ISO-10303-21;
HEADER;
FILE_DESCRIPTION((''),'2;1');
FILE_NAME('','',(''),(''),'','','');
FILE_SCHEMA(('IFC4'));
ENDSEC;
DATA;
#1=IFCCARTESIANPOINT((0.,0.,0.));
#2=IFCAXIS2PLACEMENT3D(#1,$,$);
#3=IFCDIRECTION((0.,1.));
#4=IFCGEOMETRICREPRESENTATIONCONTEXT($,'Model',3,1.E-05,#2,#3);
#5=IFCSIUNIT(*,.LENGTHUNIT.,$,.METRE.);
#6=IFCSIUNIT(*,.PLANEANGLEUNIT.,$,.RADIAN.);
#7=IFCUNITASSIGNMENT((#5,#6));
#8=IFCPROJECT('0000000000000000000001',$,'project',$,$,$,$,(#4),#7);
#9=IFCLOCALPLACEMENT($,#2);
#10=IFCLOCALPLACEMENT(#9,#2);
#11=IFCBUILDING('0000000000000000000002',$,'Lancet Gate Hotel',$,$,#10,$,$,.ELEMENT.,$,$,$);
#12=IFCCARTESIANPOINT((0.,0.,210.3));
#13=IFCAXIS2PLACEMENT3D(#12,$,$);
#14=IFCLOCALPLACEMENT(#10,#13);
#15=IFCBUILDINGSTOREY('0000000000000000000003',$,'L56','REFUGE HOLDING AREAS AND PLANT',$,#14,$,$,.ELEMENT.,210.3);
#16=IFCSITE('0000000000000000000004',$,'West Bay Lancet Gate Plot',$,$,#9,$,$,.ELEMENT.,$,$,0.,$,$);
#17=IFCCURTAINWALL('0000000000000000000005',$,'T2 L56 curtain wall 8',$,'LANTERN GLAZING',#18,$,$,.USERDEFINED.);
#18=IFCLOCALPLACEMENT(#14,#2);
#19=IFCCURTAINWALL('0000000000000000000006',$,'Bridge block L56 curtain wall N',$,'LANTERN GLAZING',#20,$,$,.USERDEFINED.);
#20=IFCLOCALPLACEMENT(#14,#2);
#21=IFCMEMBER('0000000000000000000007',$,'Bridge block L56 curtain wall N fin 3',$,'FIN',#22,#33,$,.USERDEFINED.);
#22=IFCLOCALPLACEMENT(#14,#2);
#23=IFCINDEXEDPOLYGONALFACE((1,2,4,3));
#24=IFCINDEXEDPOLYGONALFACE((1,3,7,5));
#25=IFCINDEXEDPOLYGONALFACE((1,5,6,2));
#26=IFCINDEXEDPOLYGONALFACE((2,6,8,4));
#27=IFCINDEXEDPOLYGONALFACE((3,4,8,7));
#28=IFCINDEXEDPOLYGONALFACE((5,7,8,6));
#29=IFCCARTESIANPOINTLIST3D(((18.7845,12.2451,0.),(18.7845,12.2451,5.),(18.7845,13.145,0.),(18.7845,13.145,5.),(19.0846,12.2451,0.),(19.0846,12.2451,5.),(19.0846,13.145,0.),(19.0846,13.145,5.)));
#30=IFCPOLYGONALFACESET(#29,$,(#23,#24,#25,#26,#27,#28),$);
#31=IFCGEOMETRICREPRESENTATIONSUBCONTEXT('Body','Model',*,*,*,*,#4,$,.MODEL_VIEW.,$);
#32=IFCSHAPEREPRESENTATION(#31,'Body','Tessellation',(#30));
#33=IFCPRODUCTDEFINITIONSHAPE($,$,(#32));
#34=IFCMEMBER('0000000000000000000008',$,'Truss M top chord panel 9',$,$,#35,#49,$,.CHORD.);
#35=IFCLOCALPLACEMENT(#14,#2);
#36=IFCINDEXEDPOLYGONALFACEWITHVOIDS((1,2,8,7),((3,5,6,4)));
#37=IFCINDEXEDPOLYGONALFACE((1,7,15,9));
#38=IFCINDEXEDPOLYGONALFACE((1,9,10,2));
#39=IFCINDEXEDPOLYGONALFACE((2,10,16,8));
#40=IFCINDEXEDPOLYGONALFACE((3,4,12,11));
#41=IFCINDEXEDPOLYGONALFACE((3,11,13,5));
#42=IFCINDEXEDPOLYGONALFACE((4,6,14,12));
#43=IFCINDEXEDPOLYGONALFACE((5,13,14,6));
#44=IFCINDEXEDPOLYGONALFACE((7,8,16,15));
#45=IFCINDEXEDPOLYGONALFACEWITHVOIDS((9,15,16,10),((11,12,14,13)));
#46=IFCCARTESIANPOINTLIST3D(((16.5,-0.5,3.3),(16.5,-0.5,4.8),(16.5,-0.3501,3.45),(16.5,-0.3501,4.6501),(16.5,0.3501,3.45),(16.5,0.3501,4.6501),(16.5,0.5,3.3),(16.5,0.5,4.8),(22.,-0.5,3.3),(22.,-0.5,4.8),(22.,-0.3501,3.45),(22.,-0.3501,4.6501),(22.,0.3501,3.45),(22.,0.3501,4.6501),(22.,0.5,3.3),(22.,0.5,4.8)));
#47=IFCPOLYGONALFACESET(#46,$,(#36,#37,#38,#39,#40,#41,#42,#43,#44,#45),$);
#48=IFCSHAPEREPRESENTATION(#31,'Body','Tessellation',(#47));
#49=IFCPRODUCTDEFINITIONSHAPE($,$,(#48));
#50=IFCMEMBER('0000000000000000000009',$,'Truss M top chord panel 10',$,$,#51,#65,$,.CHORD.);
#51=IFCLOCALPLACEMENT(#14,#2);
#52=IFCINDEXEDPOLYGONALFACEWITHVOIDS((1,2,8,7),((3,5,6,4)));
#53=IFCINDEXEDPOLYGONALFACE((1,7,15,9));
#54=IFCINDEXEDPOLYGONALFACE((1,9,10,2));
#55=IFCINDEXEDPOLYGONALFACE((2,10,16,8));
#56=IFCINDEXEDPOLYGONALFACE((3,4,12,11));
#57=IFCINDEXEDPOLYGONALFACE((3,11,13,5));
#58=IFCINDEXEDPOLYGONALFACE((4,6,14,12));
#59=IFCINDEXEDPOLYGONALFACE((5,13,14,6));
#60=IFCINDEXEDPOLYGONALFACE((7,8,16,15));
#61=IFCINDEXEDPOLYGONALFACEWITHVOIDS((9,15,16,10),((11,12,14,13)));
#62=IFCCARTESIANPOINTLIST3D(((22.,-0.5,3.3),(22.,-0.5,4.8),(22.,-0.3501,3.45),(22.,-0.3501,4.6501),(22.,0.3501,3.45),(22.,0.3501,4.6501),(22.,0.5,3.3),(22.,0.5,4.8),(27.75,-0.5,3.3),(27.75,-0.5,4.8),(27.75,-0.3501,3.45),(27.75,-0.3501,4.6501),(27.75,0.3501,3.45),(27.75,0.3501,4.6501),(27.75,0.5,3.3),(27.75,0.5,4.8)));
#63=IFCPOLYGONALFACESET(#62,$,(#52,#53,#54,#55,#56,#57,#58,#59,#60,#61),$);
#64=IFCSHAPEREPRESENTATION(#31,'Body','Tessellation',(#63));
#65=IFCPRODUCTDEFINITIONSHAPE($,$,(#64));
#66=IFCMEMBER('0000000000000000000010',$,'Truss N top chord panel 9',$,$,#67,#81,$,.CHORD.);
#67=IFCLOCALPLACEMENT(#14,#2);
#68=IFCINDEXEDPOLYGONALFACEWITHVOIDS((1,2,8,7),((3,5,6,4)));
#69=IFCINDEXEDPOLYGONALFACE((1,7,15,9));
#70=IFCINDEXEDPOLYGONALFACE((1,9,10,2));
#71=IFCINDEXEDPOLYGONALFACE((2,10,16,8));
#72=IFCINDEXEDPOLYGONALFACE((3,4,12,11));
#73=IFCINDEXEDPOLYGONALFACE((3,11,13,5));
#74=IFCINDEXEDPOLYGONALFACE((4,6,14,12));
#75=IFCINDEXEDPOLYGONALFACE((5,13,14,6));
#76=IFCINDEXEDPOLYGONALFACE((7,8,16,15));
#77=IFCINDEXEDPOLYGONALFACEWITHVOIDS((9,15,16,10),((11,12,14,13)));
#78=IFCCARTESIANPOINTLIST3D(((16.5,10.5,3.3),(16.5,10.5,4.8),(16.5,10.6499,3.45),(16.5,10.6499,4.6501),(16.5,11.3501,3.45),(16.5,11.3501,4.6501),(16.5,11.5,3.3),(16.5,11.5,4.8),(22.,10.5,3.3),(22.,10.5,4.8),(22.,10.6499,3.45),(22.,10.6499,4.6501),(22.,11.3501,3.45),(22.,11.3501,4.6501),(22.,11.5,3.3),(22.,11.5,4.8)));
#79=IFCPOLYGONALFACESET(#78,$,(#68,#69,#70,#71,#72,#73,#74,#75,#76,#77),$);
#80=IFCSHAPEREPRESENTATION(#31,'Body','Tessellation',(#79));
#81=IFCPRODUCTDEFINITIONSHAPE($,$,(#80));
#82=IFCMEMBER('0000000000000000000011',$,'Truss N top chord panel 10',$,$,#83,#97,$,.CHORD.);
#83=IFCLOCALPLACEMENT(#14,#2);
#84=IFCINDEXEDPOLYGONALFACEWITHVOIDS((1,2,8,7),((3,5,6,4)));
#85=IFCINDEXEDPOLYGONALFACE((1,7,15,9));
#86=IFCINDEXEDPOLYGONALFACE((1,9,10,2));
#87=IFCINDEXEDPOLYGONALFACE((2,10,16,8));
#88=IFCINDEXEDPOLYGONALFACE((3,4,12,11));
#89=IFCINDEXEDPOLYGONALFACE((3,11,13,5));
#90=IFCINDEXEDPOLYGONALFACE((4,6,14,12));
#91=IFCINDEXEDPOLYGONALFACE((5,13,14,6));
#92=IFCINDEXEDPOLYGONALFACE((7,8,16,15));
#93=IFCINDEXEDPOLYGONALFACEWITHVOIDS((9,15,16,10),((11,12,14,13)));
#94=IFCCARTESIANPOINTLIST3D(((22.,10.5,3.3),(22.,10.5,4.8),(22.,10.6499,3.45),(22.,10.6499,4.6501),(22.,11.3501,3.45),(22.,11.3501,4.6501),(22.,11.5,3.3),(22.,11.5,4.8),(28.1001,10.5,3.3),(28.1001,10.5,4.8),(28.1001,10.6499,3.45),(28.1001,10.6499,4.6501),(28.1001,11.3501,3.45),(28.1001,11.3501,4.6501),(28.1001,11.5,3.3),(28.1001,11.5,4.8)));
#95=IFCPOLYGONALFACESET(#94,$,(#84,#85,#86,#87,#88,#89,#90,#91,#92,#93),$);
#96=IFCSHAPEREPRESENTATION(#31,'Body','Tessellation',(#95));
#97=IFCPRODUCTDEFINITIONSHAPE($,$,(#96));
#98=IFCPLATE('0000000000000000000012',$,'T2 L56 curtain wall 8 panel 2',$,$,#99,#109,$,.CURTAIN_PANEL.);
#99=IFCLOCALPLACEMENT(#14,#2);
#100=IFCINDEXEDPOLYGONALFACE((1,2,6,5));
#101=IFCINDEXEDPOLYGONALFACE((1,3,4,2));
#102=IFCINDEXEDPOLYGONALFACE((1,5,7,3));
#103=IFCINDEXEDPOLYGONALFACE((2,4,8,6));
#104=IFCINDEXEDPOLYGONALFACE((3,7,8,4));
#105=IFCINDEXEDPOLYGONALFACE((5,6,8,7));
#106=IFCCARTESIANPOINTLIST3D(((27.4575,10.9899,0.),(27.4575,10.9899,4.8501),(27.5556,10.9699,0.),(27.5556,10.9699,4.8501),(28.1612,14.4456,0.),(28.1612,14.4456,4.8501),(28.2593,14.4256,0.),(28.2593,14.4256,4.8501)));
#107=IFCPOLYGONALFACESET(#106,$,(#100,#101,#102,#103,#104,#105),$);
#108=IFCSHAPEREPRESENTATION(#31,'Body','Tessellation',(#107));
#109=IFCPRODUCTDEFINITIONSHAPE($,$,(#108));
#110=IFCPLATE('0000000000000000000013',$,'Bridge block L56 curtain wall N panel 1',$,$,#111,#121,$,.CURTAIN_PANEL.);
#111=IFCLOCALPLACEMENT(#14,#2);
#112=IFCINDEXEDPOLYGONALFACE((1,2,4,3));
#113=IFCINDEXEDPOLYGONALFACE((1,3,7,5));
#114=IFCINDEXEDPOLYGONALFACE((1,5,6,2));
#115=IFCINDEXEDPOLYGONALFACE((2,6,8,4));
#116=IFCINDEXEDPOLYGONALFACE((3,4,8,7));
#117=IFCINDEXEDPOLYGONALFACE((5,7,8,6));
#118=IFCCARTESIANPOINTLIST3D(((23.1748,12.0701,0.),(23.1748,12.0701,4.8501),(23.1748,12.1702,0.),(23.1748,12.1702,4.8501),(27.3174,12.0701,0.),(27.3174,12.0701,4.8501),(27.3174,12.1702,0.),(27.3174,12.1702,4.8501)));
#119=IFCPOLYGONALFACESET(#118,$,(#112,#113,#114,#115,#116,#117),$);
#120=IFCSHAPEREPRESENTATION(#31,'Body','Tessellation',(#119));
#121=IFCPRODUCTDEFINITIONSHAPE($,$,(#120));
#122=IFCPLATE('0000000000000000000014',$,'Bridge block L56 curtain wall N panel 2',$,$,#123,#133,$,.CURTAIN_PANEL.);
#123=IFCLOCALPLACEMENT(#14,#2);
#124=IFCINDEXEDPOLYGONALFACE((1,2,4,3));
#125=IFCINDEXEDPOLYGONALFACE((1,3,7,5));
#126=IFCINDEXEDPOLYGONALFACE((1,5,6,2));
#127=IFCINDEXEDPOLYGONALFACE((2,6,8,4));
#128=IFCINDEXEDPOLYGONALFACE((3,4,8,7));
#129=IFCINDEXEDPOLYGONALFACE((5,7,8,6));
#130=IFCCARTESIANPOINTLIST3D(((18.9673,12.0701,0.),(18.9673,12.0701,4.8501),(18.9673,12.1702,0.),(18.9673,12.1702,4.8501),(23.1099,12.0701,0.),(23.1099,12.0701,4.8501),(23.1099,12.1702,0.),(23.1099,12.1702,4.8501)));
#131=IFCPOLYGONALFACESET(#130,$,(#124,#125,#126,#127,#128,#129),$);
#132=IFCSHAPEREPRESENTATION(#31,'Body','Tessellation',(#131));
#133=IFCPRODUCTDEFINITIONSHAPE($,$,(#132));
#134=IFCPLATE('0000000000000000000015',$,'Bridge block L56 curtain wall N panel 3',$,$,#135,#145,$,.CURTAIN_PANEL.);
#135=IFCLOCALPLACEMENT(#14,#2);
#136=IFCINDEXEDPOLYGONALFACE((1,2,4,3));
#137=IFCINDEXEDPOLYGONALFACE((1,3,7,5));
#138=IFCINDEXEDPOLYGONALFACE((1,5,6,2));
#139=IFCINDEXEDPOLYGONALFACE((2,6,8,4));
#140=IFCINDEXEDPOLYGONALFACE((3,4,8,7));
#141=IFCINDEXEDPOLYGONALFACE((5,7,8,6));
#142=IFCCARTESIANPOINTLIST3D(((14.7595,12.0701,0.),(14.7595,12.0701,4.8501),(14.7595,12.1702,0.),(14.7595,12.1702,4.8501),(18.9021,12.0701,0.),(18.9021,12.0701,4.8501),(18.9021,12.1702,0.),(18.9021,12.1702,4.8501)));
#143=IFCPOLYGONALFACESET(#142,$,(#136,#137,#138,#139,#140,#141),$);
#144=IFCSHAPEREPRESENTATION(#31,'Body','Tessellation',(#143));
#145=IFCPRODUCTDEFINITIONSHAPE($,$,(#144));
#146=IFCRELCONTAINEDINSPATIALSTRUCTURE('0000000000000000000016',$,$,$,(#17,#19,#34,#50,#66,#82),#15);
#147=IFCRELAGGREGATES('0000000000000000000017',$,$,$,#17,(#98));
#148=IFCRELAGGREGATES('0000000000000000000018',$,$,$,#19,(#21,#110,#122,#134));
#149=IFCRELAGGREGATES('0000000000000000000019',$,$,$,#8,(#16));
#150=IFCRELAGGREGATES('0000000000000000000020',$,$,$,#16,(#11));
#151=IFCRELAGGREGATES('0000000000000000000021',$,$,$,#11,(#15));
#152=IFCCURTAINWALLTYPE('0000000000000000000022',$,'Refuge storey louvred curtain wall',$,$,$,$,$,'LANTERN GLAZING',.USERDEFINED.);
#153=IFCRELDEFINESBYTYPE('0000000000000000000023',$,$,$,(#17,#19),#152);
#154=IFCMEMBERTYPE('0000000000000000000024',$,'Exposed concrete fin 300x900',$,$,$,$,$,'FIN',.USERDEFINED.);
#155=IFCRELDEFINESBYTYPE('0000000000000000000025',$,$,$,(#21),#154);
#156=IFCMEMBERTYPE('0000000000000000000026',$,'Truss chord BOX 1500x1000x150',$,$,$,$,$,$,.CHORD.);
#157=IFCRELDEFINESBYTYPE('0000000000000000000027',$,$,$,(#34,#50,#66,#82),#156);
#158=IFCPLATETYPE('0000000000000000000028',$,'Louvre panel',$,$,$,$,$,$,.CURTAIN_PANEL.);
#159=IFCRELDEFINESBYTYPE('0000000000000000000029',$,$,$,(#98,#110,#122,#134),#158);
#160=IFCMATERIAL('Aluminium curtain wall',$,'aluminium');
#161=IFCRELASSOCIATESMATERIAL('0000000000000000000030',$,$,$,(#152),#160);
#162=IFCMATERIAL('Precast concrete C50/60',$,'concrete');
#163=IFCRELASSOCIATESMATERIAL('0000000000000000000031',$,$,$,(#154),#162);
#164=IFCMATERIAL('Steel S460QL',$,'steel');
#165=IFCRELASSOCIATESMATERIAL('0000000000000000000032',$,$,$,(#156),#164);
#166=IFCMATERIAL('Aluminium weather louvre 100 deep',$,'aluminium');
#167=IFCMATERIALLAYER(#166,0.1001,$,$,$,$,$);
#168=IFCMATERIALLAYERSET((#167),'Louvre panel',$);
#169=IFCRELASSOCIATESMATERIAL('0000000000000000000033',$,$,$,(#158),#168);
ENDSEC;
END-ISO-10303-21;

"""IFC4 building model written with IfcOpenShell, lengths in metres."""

from ifc_helpers import new_model, si_unit, direction, frame, origin, origin_2d, place, context, subcontext, project, spatial, rectangle, hollow_rectangle, extrude, material, layer, layer_set, material_profile, profile_set, type_object, element, aggregate, save


model = new_model("IFC4")

# Units and contexts
model_context = context("Model", 3, precision=1e-05, world=origin(), true_north=direction((0.0, 1.0)))
body_context = subcontext(model_context, "Body", "Model", "MODEL_VIEW")
ifc_project = project(units=[si_unit("LENGTHUNIT", "METRE"), si_unit("PLANEANGLEUNIT", "RADIAN")], contexts=[model_context])

# Site, building, storey
site_placement = place(None, origin())
site = spatial("IfcSite", under=ifc_project, at=site_placement, Name="West Bay Lancet Gate Plot", CompositionType="ELEMENT", RefElevation=0.0)
building_placement = place(site_placement, origin())
building = spatial("IfcBuilding", under=site, at=building_placement, Name="Lancet Gate Hotel", CompositionType="ELEMENT")
storey_placement = place(building_placement, frame((0.0, 0.0, 210.3)))
storey = spatial("IfcBuildingStorey", under=building, at=storey_placement, Name="L56", Description="REFUGE HOLDING AREAS AND PLANT", CompositionType="ELEMENT", Elevation=210.3)

# Curtain walls
ifc_material_1 = material(Name="Aluminium curtain wall", Category="aluminium")
curtain_wall_type = type_object("IfcCurtainWallType", Name="Refuge storey louvred curtain wall", ElementType="LANTERN GLAZING", PredefinedType="USERDEFINED", material=ifc_material_1)
curtain_wall_1_placement = place(storey_placement, origin())
curtain_wall_1 = element("IfcCurtainWall", 1, at=curtain_wall_1_placement, inside=storey, type_object=curtain_wall_type, Name="T2 L56 curtain wall 8", ObjectType="LANTERN GLAZING", PredefinedType="USERDEFINED")
curtain_wall_2_placement = place(storey_placement, origin())
curtain_wall_2 = element("IfcCurtainWall", 2, at=curtain_wall_2_placement, inside=storey, type_object=curtain_wall_type, Name="Bridge block L56 curtain wall N", ObjectType="LANTERN GLAZING", PredefinedType="USERDEFINED")

# Member
ifc_material_2 = material(Name="Precast concrete C50/60", Category="concrete")
ifc_material_profile_1 = material_profile(ifc_material_2, rectangle(XDim=0.3, YDim=0.8999, at=origin_2d()), Name="FIN 300x900")
ifc_profile_set_1 = profile_set([ifc_material_profile_1], Name="Precast concrete C50/60")
member_type_1 = type_object("IfcMemberType", Name="Exposed concrete fin 300x900", ElementType="FIN", PredefinedType="USERDEFINED", material=ifc_profile_set_1)
member_1_placement = place(storey_placement, frame((18.9346, 12.6951, 0.0), z_axis=(0.0, 0.0, 1.0), x_axis=(-1.0, 0.0, 0.0)))
member_1 = element("IfcMember", 3, at=member_1_placement, type_object=member_type_1, Name="Bridge block L56 curtain wall N fin 3", ObjectType="FIN", PredefinedType="USERDEFINED", context=body_context, shape_type="SweptSolid", body=[
    extrude(rectangle(XDim=0.3, YDim=0.8999, at=origin_2d()), origin(), (0.0, 0.0, 1.0), 5.0),
])

# Members
ifc_material_3 = material(Name="Steel S460QL", Category="steel")
ifc_material_profile_2 = material_profile(ifc_material_3, hollow_rectangle(XDim=1.0, YDim=1.5, WallThickness=0.1499, at=origin_2d()), Name="BOX 1500x1000x150")
ifc_profile_set_2 = profile_set([ifc_material_profile_2], Name="Steel S460QL")
member_type_2 = type_object("IfcMemberType", Name="Truss chord BOX 1500x1000x150", PredefinedType="CHORD", material=ifc_profile_set_2)
member_2_placement = place(storey_placement, frame((16.5, 0.0, 4.05), z_axis=(1.0, 0.0, 0.0), x_axis=(0.0, 1.0, 0.0)))
element("IfcMember", 4, at=member_2_placement, inside=storey, type_object=member_type_2, Name="Truss M top chord panel 9", PredefinedType="CHORD", context=body_context, shape_type="SweptSolid", body=[
    extrude(hollow_rectangle(XDim=1.0, YDim=1.5, WallThickness=0.1499, at=origin_2d()), origin(), (0.0, 0.0, 1.0), 5.5),
])
member_3_placement = place(storey_placement, frame((22.0, 0.0, 4.05), z_axis=(1.0, 0.0, 0.0), x_axis=(0.0, 1.0, 0.0)))
element("IfcMember", 5, at=member_3_placement, inside=storey, type_object=member_type_2, Name="Truss M top chord panel 10", PredefinedType="CHORD", context=body_context, shape_type="SweptSolid", body=[
    extrude(hollow_rectangle(XDim=1.0, YDim=1.5, WallThickness=0.1499, at=origin_2d()), origin(), (0.0, 0.0, 1.0), 5.75),
])
member_4_placement = place(storey_placement, frame((16.5, 11.0, 4.05), z_axis=(1.0, 0.0, 0.0), x_axis=(0.0, 1.0, 0.0)))
element("IfcMember", 6, at=member_4_placement, inside=storey, type_object=member_type_2, Name="Truss N top chord panel 9", PredefinedType="CHORD", context=body_context, shape_type="SweptSolid", body=[
    extrude(hollow_rectangle(XDim=1.0, YDim=1.5, WallThickness=0.1499, at=origin_2d()), origin(), (0.0, 0.0, 1.0), 5.5),
])
member_5_placement = place(storey_placement, frame((22.0, 11.0, 4.05), z_axis=(1.0, 0.0, 0.0), x_axis=(0.0, 1.0, 0.0)))
element("IfcMember", 7, at=member_5_placement, inside=storey, type_object=member_type_2, Name="Truss N top chord panel 10", PredefinedType="CHORD", context=body_context, shape_type="SweptSolid", body=[
    extrude(hollow_rectangle(XDim=1.0, YDim=1.5, WallThickness=0.1499, at=origin_2d()), origin(), (0.0, 0.0, 1.0), 6.1001),
])

# Plates
ifc_material_4 = material(Name="Aluminium weather louvre 100 deep", Category="aluminium")
ifc_layer_1 = layer(ifc_material_4, 0.1001)
ifc_layer_set_1 = layer_set([ifc_layer_1], Name="Louvre panel")
plate_type = type_object("IfcPlateType", Name="Louvre panel", PredefinedType="CURTAIN_PANEL", material=ifc_layer_set_1)
plate_1_placement = place(storey_placement, frame((27.8584, 12.7078, 0.0), z_axis=(0.0, 0.0, 1.0), x_axis=(-0.199533, -0.979891, 0.0)))
plate_1 = element("IfcPlate", 8, at=plate_1_placement, type_object=plate_type, Name="T2 L56 curtain wall 8 panel 2", PredefinedType="CURTAIN_PANEL", context=body_context, shape_type="SweptSolid", body=[
    extrude(rectangle(XDim=3.5266, YDim=0.1001, at=origin_2d()), origin(), (0.0, 0.0, 1.0), 4.8501),
])
aggregate(curtain_wall_1, [plate_1])
plate_2_placement = place(storey_placement, frame((25.2461, 12.1201, 0.0), z_axis=(0.0, 0.0, 1.0), x_axis=(-1.0, 0.0, 0.0)))
plate_2 = element("IfcPlate", 9, at=plate_2_placement, type_object=plate_type, Name="Bridge block L56 curtain wall N panel 1", PredefinedType="CURTAIN_PANEL", context=body_context, shape_type="SweptSolid", body=[
    extrude(rectangle(XDim=4.1426, YDim=0.1001, at=origin_2d()), origin(), (0.0, 0.0, 1.0), 4.8501),
])
plate_3_placement = place(storey_placement, frame((21.0386, 12.1201, 0.0), z_axis=(0.0, 0.0, 1.0), x_axis=(-1.0, 0.0, 0.0)))
plate_3 = element("IfcPlate", 10, at=plate_3_placement, type_object=plate_type, Name="Bridge block L56 curtain wall N panel 2", PredefinedType="CURTAIN_PANEL", context=body_context, shape_type="SweptSolid", body=[
    extrude(rectangle(XDim=4.1426, YDim=0.1001, at=origin_2d()), origin(), (0.0, 0.0, 1.0), 4.8501),
])
plate_4_placement = place(storey_placement, frame((16.8308, 12.1201, 0.0), z_axis=(0.0, 0.0, 1.0), x_axis=(-1.0, 0.0, 0.0)))
plate_4 = element("IfcPlate", 11, at=plate_4_placement, type_object=plate_type, Name="Bridge block L56 curtain wall N panel 3", PredefinedType="CURTAIN_PANEL", context=body_context, shape_type="SweptSolid", body=[
    extrude(rectangle(XDim=4.1426, YDim=0.1001, at=origin_2d()), origin(), (0.0, 0.0, 1.0), 4.8501),
])
aggregate(curtain_wall_2, [member_1, plate_2, plate_3, plate_4])

save(model, "model.ifc")
